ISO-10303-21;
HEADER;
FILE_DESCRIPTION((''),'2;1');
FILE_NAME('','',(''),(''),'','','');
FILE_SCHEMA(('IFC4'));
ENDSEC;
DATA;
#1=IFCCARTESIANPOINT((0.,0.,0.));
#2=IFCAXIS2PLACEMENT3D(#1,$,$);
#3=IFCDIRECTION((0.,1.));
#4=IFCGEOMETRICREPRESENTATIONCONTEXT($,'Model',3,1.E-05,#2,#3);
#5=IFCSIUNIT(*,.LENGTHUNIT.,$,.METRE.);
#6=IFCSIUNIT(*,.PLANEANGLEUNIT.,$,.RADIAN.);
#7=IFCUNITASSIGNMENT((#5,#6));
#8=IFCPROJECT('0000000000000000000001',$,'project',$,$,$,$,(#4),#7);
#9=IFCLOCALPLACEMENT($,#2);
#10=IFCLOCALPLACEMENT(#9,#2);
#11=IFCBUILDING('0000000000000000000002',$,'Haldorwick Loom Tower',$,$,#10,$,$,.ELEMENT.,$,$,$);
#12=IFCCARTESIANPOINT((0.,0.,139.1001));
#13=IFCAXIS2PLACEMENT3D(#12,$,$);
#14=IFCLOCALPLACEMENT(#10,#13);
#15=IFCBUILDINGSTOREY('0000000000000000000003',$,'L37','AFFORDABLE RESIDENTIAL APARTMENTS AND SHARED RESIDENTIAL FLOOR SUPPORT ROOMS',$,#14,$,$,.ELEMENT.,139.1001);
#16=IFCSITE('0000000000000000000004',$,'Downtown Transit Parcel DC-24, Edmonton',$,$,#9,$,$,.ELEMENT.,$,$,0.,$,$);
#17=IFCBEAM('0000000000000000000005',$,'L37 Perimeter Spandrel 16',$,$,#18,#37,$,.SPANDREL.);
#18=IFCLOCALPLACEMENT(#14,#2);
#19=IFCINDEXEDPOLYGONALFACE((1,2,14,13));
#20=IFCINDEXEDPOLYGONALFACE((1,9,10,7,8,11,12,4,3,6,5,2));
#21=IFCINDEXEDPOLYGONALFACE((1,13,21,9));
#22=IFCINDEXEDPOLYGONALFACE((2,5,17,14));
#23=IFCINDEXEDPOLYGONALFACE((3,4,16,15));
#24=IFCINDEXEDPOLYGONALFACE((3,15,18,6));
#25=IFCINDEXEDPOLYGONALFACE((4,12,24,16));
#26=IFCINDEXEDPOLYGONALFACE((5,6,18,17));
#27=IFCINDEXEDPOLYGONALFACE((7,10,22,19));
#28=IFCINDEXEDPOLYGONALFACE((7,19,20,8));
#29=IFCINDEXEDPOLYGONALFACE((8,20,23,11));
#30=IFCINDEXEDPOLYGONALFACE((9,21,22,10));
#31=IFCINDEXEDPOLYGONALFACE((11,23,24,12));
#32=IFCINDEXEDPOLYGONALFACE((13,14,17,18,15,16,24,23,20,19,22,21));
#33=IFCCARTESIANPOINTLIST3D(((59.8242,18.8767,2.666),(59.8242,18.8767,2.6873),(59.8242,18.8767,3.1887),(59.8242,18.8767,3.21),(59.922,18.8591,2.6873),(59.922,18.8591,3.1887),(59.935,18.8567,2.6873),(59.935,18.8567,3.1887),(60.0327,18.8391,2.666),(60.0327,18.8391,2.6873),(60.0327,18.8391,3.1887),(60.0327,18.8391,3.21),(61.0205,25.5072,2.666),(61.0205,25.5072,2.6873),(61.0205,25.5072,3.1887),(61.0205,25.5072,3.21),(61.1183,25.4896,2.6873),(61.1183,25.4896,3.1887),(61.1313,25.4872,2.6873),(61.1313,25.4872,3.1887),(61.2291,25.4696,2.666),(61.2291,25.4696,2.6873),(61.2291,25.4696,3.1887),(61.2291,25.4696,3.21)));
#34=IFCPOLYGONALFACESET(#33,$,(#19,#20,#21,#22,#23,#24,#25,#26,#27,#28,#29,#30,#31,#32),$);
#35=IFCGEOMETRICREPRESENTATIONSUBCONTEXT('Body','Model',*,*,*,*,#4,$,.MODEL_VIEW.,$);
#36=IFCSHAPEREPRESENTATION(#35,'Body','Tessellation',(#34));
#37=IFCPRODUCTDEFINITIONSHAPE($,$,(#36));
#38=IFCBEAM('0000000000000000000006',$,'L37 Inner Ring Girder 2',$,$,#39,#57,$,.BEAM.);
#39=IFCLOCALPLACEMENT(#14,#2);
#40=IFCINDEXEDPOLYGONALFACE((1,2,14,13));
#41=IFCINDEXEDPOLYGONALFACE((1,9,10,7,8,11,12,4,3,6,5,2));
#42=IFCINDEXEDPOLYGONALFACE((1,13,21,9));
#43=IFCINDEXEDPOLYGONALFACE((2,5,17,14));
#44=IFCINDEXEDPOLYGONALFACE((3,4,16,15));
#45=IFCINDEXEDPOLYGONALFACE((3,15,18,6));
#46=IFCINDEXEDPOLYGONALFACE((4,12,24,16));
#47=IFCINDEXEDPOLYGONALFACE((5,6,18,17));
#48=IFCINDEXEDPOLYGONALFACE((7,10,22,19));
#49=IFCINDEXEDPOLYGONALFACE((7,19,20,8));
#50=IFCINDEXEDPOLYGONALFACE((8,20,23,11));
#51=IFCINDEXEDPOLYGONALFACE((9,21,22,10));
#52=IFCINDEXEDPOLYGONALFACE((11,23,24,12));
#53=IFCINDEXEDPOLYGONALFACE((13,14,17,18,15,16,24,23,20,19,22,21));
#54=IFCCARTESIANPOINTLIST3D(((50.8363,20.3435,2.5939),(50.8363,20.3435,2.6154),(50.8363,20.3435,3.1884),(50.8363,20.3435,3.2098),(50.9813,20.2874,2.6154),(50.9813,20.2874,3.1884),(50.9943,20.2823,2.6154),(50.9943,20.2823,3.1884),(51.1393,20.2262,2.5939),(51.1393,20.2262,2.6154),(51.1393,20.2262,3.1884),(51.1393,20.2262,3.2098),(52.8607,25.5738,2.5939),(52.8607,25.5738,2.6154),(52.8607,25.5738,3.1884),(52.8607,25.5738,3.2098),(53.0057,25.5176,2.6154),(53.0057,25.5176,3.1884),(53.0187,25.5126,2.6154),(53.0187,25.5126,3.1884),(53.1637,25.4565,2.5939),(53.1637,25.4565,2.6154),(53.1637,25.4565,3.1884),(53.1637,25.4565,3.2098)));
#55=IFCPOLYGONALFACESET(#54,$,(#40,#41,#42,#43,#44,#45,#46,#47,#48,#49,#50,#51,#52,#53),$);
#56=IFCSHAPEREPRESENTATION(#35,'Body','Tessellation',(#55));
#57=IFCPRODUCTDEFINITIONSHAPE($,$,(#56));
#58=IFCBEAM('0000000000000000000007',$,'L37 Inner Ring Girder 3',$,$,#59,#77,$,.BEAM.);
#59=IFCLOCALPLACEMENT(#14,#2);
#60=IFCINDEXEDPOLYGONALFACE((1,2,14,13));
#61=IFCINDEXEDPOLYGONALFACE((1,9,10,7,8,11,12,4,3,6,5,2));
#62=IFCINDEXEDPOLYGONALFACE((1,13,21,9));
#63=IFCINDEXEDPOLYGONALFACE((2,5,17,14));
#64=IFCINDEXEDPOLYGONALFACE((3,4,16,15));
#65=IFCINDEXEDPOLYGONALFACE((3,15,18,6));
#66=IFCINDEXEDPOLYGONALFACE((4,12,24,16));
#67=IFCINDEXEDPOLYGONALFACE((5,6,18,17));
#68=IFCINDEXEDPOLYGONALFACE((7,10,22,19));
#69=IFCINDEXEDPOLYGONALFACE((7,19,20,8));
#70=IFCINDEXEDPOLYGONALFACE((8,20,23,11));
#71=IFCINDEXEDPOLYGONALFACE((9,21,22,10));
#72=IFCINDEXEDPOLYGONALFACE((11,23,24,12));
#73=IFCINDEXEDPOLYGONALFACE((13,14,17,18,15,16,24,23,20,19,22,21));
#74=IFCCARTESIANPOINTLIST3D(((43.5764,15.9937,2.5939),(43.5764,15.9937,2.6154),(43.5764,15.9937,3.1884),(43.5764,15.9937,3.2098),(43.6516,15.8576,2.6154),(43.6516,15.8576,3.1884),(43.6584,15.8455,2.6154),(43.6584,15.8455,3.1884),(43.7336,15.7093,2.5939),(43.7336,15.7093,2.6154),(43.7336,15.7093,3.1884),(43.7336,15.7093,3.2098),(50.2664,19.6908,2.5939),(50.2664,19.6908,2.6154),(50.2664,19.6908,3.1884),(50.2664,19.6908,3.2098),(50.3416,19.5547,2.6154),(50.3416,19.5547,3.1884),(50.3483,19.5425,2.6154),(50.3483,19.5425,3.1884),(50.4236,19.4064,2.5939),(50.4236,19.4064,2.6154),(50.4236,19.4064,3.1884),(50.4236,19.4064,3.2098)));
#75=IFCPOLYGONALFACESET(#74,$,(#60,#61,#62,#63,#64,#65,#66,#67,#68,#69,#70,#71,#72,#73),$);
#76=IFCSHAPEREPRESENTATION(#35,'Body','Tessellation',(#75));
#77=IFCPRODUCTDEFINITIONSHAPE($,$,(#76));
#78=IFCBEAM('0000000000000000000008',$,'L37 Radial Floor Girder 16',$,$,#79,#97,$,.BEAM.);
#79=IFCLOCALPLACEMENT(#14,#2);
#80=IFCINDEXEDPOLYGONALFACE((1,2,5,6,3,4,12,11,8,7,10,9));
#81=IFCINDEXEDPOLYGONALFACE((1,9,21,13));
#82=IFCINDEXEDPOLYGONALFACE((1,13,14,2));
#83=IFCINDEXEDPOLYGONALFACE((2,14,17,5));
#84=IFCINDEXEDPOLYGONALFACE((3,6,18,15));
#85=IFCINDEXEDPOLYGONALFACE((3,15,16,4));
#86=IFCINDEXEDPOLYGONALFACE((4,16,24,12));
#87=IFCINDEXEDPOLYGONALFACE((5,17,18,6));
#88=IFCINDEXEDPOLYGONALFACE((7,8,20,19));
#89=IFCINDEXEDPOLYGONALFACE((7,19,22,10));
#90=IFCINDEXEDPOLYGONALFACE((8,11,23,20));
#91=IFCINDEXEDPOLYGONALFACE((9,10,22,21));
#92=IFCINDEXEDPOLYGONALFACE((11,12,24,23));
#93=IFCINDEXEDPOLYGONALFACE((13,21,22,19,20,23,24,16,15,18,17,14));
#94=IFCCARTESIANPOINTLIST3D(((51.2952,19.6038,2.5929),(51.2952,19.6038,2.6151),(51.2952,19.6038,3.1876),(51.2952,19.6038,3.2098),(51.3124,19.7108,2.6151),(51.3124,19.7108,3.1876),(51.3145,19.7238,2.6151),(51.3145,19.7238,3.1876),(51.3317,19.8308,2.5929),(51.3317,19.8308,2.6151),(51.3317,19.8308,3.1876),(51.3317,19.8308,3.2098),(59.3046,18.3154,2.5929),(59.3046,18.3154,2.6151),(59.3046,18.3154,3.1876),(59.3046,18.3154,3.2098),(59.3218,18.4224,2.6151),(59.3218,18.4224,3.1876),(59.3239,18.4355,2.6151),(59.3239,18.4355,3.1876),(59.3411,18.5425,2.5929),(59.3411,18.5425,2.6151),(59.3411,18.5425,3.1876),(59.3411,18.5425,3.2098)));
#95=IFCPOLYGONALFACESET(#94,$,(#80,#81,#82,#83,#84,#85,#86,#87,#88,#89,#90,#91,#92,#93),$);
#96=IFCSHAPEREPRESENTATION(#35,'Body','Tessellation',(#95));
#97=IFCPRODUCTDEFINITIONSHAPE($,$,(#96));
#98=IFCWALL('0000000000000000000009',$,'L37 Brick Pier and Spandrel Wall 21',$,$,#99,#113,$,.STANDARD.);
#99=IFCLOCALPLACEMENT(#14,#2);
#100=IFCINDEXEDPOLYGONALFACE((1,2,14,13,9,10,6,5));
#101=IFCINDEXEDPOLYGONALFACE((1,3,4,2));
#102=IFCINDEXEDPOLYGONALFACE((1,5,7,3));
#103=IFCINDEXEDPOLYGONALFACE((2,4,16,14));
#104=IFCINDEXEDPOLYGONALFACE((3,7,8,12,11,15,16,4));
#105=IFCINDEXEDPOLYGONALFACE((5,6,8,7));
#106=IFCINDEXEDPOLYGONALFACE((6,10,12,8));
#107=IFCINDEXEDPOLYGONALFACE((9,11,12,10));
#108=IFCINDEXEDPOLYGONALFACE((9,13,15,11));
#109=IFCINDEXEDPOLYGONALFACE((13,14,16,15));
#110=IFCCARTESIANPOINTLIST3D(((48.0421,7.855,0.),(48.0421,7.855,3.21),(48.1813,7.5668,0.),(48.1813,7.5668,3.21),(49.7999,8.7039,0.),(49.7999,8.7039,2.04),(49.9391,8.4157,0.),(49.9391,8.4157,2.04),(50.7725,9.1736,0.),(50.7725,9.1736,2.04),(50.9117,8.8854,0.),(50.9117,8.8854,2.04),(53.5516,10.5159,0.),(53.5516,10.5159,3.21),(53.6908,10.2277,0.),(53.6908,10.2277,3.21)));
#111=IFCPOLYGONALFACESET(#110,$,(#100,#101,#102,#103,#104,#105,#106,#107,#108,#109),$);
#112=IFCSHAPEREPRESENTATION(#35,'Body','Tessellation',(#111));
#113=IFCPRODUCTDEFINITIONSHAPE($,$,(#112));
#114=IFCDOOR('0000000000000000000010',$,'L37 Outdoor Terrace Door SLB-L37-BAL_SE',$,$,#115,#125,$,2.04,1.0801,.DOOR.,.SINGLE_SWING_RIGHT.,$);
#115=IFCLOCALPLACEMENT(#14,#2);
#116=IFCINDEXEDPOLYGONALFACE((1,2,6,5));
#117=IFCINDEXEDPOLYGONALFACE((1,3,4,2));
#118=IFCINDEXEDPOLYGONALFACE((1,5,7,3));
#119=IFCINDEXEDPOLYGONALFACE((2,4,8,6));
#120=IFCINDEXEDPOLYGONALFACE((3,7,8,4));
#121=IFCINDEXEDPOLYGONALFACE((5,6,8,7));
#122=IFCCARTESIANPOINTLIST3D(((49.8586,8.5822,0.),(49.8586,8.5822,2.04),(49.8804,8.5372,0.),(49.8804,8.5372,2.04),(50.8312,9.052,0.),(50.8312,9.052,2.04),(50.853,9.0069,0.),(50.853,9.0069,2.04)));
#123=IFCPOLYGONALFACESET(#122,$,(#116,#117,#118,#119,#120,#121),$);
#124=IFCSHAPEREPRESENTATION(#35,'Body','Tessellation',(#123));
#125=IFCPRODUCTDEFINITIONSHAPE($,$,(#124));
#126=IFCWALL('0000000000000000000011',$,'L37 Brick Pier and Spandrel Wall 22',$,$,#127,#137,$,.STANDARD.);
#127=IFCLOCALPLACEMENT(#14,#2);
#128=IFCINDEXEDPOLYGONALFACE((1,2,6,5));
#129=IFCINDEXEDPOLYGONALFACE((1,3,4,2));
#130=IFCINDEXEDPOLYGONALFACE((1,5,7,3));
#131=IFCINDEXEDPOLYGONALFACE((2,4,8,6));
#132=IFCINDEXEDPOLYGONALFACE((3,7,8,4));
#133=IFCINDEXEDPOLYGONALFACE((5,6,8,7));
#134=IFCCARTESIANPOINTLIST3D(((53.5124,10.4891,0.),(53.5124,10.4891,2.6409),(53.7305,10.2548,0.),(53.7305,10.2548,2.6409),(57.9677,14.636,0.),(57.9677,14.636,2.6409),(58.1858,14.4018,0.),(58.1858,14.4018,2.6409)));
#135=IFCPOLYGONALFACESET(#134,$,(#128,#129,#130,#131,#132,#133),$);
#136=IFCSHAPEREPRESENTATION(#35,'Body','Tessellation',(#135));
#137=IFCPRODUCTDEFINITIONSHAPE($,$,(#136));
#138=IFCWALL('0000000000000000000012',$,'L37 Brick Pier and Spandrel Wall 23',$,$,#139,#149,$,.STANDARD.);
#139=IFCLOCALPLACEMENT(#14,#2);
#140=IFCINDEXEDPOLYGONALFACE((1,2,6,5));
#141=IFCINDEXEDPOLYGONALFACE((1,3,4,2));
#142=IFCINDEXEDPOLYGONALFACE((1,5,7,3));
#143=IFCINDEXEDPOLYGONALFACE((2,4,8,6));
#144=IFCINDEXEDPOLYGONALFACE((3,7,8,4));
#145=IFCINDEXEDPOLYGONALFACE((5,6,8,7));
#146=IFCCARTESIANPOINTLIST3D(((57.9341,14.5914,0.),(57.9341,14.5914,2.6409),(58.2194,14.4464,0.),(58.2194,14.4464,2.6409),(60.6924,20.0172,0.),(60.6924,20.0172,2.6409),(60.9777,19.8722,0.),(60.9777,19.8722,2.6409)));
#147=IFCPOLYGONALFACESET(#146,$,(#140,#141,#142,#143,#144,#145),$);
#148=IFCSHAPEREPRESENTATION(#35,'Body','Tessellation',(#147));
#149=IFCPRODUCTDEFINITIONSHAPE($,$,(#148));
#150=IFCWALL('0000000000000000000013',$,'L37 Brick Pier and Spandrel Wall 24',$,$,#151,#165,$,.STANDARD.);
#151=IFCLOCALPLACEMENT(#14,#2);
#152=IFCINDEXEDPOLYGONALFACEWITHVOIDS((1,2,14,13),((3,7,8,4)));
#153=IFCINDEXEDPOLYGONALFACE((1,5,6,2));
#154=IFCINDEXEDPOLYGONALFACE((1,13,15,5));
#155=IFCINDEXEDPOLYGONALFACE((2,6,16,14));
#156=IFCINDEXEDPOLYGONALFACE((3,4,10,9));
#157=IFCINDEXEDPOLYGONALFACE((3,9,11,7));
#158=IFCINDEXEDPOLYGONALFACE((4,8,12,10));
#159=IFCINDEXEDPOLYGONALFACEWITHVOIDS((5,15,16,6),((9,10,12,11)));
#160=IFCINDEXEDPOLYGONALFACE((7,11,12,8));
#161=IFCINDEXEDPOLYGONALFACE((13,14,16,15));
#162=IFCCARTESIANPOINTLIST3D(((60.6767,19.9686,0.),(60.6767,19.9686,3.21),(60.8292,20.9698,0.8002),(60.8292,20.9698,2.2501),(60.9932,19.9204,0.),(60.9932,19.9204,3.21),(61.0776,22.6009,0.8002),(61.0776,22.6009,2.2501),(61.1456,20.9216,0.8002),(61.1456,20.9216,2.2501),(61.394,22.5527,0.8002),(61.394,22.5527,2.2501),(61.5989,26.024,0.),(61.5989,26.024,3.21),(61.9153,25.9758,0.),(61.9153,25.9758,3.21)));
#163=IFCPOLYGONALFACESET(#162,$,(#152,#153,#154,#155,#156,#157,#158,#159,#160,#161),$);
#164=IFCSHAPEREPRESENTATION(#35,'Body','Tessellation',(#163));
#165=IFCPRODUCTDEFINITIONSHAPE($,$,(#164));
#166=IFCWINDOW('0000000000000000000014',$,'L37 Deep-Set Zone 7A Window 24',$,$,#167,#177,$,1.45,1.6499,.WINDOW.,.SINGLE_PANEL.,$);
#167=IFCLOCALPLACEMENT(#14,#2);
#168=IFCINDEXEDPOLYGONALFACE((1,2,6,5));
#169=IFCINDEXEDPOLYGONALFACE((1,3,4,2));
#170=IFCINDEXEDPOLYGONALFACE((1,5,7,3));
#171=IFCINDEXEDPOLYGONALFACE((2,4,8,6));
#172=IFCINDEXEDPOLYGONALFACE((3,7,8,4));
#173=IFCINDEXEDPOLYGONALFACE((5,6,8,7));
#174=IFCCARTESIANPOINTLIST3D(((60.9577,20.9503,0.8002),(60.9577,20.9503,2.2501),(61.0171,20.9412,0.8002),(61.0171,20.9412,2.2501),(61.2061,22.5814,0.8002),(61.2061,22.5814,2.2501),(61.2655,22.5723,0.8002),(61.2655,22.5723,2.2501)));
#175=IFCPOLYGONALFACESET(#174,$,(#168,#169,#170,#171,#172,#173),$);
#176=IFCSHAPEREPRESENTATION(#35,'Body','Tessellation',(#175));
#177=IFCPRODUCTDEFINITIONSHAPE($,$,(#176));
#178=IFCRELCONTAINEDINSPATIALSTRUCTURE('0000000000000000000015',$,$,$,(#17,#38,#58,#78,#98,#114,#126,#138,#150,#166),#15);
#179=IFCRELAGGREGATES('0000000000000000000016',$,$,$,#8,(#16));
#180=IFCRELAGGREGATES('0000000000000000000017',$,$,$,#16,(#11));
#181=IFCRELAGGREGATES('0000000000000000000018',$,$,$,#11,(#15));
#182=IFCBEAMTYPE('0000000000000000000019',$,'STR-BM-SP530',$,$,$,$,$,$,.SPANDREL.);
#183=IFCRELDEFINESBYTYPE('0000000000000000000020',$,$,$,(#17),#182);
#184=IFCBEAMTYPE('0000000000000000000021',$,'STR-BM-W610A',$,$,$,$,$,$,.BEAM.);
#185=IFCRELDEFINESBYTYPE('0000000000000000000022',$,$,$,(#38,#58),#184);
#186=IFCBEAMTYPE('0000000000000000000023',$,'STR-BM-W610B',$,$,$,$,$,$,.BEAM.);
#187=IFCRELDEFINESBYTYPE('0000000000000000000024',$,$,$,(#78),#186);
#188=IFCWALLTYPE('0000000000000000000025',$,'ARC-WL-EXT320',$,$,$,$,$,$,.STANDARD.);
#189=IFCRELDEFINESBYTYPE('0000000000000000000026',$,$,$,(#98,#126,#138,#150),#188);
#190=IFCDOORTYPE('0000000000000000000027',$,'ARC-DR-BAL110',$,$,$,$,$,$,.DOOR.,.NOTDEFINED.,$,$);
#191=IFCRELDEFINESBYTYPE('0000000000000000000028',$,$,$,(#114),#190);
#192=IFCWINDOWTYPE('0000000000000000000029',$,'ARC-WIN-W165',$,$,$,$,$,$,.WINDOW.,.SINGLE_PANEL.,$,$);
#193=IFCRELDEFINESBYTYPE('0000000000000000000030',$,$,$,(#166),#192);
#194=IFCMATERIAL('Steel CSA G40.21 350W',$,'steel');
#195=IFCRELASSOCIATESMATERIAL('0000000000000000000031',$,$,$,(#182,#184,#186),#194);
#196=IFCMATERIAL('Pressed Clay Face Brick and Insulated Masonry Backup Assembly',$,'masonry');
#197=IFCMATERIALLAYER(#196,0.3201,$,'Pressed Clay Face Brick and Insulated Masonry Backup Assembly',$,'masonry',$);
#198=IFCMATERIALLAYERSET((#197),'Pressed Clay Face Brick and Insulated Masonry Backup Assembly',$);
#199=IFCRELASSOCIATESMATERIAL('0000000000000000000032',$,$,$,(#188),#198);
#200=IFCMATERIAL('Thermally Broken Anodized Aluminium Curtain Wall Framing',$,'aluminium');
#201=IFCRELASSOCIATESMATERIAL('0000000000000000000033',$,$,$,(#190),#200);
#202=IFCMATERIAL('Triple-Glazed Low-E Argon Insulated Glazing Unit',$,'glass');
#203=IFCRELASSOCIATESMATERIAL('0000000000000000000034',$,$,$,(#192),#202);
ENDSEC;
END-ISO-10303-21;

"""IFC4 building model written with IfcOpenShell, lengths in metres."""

from ifc_helpers import new_model, si_unit, direction, frame, frame_2d, origin, origin_2d, place, context, subcontext, project, spatial, rectangle, i_section, extrude, material, layer, layer_set, material_profile, profile_set, type_object, element, fill, save


model = new_model("IFC4")

# Units and contexts
model_context = context("Model", 3, precision=1e-05, world=origin(), true_north=direction((0.0, 1.0)))
body_context = subcontext(model_context, "Body", "Model", "MODEL_VIEW")
ifc_project = project(units=[si_unit("LENGTHUNIT", "METRE"), si_unit("PLANEANGLEUNIT", "RADIAN")], contexts=[model_context])

# Site, building, storey
site_placement = place(None, origin())
site = spatial("IfcSite", under=ifc_project, at=site_placement, Name="Downtown Transit Parcel DC-24, Edmonton", CompositionType="ELEMENT", RefElevation=0.0)
building_placement = place(site_placement, origin())
building = spatial("IfcBuilding", under=site, at=building_placement, Name="Haldorwick Loom Tower", CompositionType="ELEMENT")
storey_placement = place(building_placement, frame((0.0, 0.0, 139.1001)))
storey = spatial("IfcBuildingStorey", under=building, at=storey_placement, Name="L37", Description="AFFORDABLE RESIDENTIAL APARTMENTS AND SHARED RESIDENTIAL FLOOR SUPPORT ROOMS", CompositionType="ELEMENT", Elevation=139.1001)

# Beams
ifc_material_1 = material(Name="Steel CSA G40.21 350W", Category="steel")
ifc_material_profile_1 = material_profile(ifc_material_1, i_section(OverallWidth=0.2119, OverallDepth=0.5439, WebThickness=0.0132, FlangeThickness=0.0212, at=origin_2d()), Name="W530X123", Category="steel")
ifc_profile_set_1 = profile_set([ifc_material_profile_1], Name="Steel CSA G40.21 350W")
beam_type_1 = type_object("IfcBeamType", Name="STR-BM-SP530", PredefinedType="SPANDREL", material=ifc_profile_set_1)
beam_1_placement = place(storey_placement, frame((59.9285, 18.8579, 2.938), z_axis=(0.177559, 0.98411, 0.0), x_axis=(-0.98411, 0.177559, 0.0)))
element("IfcBeam", 1, at=beam_1_placement, inside=storey, type_object=beam_type_1, Name="L37 Perimeter Spandrel 16", PredefinedType="SPANDREL", context=body_context, shape_type="SweptSolid", body=[
    extrude(i_section(OverallWidth=0.2119, OverallDepth=0.5439, WebThickness=0.0132, FlangeThickness=0.0212, at=origin_2d()), origin(), (0.0, 0.0, 1.0), 6.7375),
])
ifc_material_profile_2 = material_profile(ifc_material_1, i_section(OverallWidth=0.325, OverallDepth=0.616, WebThickness=0.0139, FlangeThickness=0.0215, at=origin_2d()), Name="W610X174", Category="steel")
ifc_profile_set_2 = profile_set([ifc_material_profile_2], Name="Steel CSA G40.21 350W")
beam_type_2 = type_object("IfcBeamType", Name="STR-BM-W610A", PredefinedType="BEAM", material=ifc_profile_set_2)
beam_2_placement = place(storey_placement, frame((53.0122, 25.5151, 2.9019), z_axis=(-0.360965, -0.932579, 0.0), x_axis=(0.932579, -0.360965, 0.0)))
element("IfcBeam", 2, at=beam_2_placement, inside=storey, type_object=beam_type_2, Name="L37 Inner Ring Girder 2", PredefinedType="BEAM", context=body_context, shape_type="SweptSolid", body=[
    extrude(i_section(OverallWidth=0.325, OverallDepth=0.616, WebThickness=0.0139, FlangeThickness=0.0215, at=origin_2d()), origin(), (0.0, 0.0, 1.0), 5.6084),
])
beam_3_placement = place(storey_placement, frame((50.345, 19.5486, 2.9019), z_axis=(-0.875244, -0.483681, 0.0), x_axis=(0.483681, -0.875244, 0.0)))
element("IfcBeam", 3, at=beam_3_placement, inside=storey, type_object=beam_type_2, Name="L37 Inner Ring Girder 3", PredefinedType="BEAM", context=body_context, shape_type="SweptSolid", body=[
    extrude(i_section(OverallWidth=0.325, OverallDepth=0.616, WebThickness=0.0139, FlangeThickness=0.0215, at=origin_2d()), origin(), (0.0, 0.0, 1.0), 7.6436),
])
ifc_material_profile_3 = material_profile(ifc_material_1, i_section(OverallWidth=0.23, OverallDepth=0.6169, WebThickness=0.0132, FlangeThickness=0.0222, at=origin_2d()), Name="W610X140", Category="steel")
ifc_profile_set_3 = profile_set([ifc_material_profile_3], Name="Steel CSA G40.21 350W")
beam_type_3 = type_object("IfcBeamType", Name="STR-BM-W610B", PredefinedType="BEAM", material=ifc_profile_set_3)
beam_4_placement = place(storey_placement, frame((51.3135, 19.7173, 2.9014), z_axis=(0.987309, -0.158813, 0.0), x_axis=(0.158813, 0.987309, 0.0)))
element("IfcBeam", 4, at=beam_4_placement, inside=storey, type_object=beam_type_3, Name="L37 Radial Floor Girder 16", PredefinedType="BEAM", context=body_context, shape_type="SweptSolid", body=[
    extrude(i_section(OverallWidth=0.23, OverallDepth=0.6169, WebThickness=0.0132, FlangeThickness=0.0222, at=origin_2d()), origin(), (0.0, 0.0, 1.0), 8.1123),
])

# Wall, opening, door
ifc_material_2 = material(Name="Pressed Clay Face Brick and Insulated Masonry Backup Assembly", Category="masonry")
ifc_layer_1 = layer(ifc_material_2, 0.3201, Name="Pressed Clay Face Brick and Insulated Masonry Backup Assembly", Category="masonry")
ifc_layer_set_1 = layer_set([ifc_layer_1], Name="Pressed Clay Face Brick and Insulated Masonry Backup Assembly")
wall_type_1 = type_object("IfcWallType", Name="ARC-WL-EXT320", PredefinedType="STANDARD", material=ifc_layer_set_1)
wall_1_placement = place(storey_placement, frame((48.1118, 7.7109, 0.0), z_axis=(0.0, 0.0, 1.0), x_axis=(0.90048, 0.434897, 0.0)))
wall_1 = element("IfcWall", 5, at=wall_1_placement, inside=storey, type_object=wall_type_1, Name="L37 Brick Pier and Spandrel Wall 21", PredefinedType="STANDARD", context=body_context, shape_type="SweptSolid", body=[
    extrude(rectangle(XDim=6.1184, YDim=0.3201, at=frame_2d((3.0591, 0.0))), origin(), (0.0, 0.0, 1.0), 3.21),
])
opening_1_placement = place(wall_1_placement, frame((1.9519, 0.0, 0.0)))
opening_1 = element("IfcOpeningElement", 6, at=opening_1_placement, cuts=wall_1, PredefinedType="OPENING", context=body_context, shape_type="SweptSolid", body=[
    extrude(rectangle(XDim=1.0801, YDim=2.04, at=frame_2d((0.54, 1.02))), frame((0.0, 0.1699, 0.0), z_axis=(0.0, -1.0, 0.0), x_axis=(1.0, 0.0, 0.0)), (0.0, 0.0, 1.0), 0.3401),
])
ifc_material_3 = material(Name="Thermally Broken Anodized Aluminium Curtain Wall Framing", Category="aluminium")
door_type_1 = type_object("IfcDoorType", Name="ARC-DR-BAL110", OperationType="NOTDEFINED", PredefinedType="DOOR", material=ifc_material_3)
door_1_placement = place(opening_1_placement, origin())
door_1 = element("IfcDoor", 7, at=door_1_placement, inside=storey, type_object=door_type_1, Name="L37 Outdoor Terrace Door SLB-L37-BAL_SE", OperationType="SINGLE_SWING_RIGHT", OverallHeight=2.04, OverallWidth=1.0801, PredefinedType="DOOR", context=body_context, shape_type="SweptSolid", body=[
    extrude(rectangle(XDim=1.0801, YDim=2.04, at=frame_2d((0.54, 1.02))), frame((0.0, 0.0249, 0.0), z_axis=(0.0, -1.0, 0.0), x_axis=(1.0, 0.0, 0.0)), (0.0, 0.0, 1.0), 0.05),
])
fill(opening_1, door_1)

# Walls
for number, where, z_axis, x_axis, name in (
    (8, (53.6213, 10.3718, 0.0), (0.0, 0.0, 1.0), (0.731983, 0.681323, 0.0), "L37 Brick Pier and Spandrel Wall 22"),
    (9, (58.0767, 14.5188, 0.0), (0.0, 0.0, 1.0), (0.453172, 0.891423, 0.0), "L37 Brick Pier and Spandrel Wall 23"),
):
    element("IfcWall", number, at=place(storey_placement, frame(where, z_axis=z_axis, x_axis=x_axis)), inside=storey, type_object=wall_type_1, Name=name, PredefinedType="STANDARD", context=body_context, shape_type="SweptSolid", body=[
        extrude(rectangle(XDim=6.0867, YDim=0.3201, at=frame_2d((3.0435, 0.0))), origin(), (0.0, 0.0, 1.0), 2.6409),
    ])

# Wall, opening, window
wall_2_placement = place(storey_placement, frame((60.835, 19.9446, 0.0), z_axis=(0.0, 0.0, 1.0), x_axis=(0.150544, 0.988603, 0.0)))
wall_2 = element("IfcWall", 10, at=wall_2_placement, inside=storey, type_object=wall_type_1, Name="L37 Brick Pier and Spandrel Wall 24", PredefinedType="STANDARD", context=body_context, shape_type="SweptSolid", body=[
    extrude(rectangle(XDim=6.1252, YDim=0.3201, at=frame_2d((3.0625, 0.0))), origin(), (0.0, 0.0, 1.0), 3.21),
])
opening_2_placement = place(wall_2_placement, frame((1.0127, 0.0, 0.8)))
opening_2 = element("IfcOpeningElement", 11, at=opening_2_placement, cuts=wall_2, PredefinedType="OPENING", context=body_context, shape_type="SweptSolid", body=[
    extrude(rectangle(XDim=1.6499, YDim=1.45, at=frame_2d((0.825, 0.7251))), frame((0.0, 0.1699, 0.0), z_axis=(0.0, -1.0, 0.0), x_axis=(1.0, 0.0, 0.0)), (0.0, 0.0, 1.0), 0.3401),
])
ifc_material_4 = material(Name="Triple-Glazed Low-E Argon Insulated Glazing Unit", Category="glass")
window_type = type_object("IfcWindowType", Name="ARC-WIN-W165", PartitioningType="SINGLE_PANEL", PredefinedType="WINDOW", material=ifc_material_4)
window_placement = place(opening_2_placement, origin())
window = element("IfcWindow", 12, at=window_placement, inside=storey, type_object=window_type, Name="L37 Deep-Set Zone 7A Window 24", OverallHeight=1.45, OverallWidth=1.6499, PartitioningType="SINGLE_PANEL", PredefinedType="WINDOW", context=body_context, shape_type="SweptSolid", body=[
    extrude(rectangle(XDim=1.6499, YDim=1.45, at=frame_2d((0.825, 0.7251))), frame((0.0, 0.03, 0.0), z_axis=(0.0, -1.0, 0.0), x_axis=(1.0, 0.0, 0.0)), (0.0, 0.0, 1.0), 0.0601),
])
fill(opening_2, window)

save(model, "model.ifc")
